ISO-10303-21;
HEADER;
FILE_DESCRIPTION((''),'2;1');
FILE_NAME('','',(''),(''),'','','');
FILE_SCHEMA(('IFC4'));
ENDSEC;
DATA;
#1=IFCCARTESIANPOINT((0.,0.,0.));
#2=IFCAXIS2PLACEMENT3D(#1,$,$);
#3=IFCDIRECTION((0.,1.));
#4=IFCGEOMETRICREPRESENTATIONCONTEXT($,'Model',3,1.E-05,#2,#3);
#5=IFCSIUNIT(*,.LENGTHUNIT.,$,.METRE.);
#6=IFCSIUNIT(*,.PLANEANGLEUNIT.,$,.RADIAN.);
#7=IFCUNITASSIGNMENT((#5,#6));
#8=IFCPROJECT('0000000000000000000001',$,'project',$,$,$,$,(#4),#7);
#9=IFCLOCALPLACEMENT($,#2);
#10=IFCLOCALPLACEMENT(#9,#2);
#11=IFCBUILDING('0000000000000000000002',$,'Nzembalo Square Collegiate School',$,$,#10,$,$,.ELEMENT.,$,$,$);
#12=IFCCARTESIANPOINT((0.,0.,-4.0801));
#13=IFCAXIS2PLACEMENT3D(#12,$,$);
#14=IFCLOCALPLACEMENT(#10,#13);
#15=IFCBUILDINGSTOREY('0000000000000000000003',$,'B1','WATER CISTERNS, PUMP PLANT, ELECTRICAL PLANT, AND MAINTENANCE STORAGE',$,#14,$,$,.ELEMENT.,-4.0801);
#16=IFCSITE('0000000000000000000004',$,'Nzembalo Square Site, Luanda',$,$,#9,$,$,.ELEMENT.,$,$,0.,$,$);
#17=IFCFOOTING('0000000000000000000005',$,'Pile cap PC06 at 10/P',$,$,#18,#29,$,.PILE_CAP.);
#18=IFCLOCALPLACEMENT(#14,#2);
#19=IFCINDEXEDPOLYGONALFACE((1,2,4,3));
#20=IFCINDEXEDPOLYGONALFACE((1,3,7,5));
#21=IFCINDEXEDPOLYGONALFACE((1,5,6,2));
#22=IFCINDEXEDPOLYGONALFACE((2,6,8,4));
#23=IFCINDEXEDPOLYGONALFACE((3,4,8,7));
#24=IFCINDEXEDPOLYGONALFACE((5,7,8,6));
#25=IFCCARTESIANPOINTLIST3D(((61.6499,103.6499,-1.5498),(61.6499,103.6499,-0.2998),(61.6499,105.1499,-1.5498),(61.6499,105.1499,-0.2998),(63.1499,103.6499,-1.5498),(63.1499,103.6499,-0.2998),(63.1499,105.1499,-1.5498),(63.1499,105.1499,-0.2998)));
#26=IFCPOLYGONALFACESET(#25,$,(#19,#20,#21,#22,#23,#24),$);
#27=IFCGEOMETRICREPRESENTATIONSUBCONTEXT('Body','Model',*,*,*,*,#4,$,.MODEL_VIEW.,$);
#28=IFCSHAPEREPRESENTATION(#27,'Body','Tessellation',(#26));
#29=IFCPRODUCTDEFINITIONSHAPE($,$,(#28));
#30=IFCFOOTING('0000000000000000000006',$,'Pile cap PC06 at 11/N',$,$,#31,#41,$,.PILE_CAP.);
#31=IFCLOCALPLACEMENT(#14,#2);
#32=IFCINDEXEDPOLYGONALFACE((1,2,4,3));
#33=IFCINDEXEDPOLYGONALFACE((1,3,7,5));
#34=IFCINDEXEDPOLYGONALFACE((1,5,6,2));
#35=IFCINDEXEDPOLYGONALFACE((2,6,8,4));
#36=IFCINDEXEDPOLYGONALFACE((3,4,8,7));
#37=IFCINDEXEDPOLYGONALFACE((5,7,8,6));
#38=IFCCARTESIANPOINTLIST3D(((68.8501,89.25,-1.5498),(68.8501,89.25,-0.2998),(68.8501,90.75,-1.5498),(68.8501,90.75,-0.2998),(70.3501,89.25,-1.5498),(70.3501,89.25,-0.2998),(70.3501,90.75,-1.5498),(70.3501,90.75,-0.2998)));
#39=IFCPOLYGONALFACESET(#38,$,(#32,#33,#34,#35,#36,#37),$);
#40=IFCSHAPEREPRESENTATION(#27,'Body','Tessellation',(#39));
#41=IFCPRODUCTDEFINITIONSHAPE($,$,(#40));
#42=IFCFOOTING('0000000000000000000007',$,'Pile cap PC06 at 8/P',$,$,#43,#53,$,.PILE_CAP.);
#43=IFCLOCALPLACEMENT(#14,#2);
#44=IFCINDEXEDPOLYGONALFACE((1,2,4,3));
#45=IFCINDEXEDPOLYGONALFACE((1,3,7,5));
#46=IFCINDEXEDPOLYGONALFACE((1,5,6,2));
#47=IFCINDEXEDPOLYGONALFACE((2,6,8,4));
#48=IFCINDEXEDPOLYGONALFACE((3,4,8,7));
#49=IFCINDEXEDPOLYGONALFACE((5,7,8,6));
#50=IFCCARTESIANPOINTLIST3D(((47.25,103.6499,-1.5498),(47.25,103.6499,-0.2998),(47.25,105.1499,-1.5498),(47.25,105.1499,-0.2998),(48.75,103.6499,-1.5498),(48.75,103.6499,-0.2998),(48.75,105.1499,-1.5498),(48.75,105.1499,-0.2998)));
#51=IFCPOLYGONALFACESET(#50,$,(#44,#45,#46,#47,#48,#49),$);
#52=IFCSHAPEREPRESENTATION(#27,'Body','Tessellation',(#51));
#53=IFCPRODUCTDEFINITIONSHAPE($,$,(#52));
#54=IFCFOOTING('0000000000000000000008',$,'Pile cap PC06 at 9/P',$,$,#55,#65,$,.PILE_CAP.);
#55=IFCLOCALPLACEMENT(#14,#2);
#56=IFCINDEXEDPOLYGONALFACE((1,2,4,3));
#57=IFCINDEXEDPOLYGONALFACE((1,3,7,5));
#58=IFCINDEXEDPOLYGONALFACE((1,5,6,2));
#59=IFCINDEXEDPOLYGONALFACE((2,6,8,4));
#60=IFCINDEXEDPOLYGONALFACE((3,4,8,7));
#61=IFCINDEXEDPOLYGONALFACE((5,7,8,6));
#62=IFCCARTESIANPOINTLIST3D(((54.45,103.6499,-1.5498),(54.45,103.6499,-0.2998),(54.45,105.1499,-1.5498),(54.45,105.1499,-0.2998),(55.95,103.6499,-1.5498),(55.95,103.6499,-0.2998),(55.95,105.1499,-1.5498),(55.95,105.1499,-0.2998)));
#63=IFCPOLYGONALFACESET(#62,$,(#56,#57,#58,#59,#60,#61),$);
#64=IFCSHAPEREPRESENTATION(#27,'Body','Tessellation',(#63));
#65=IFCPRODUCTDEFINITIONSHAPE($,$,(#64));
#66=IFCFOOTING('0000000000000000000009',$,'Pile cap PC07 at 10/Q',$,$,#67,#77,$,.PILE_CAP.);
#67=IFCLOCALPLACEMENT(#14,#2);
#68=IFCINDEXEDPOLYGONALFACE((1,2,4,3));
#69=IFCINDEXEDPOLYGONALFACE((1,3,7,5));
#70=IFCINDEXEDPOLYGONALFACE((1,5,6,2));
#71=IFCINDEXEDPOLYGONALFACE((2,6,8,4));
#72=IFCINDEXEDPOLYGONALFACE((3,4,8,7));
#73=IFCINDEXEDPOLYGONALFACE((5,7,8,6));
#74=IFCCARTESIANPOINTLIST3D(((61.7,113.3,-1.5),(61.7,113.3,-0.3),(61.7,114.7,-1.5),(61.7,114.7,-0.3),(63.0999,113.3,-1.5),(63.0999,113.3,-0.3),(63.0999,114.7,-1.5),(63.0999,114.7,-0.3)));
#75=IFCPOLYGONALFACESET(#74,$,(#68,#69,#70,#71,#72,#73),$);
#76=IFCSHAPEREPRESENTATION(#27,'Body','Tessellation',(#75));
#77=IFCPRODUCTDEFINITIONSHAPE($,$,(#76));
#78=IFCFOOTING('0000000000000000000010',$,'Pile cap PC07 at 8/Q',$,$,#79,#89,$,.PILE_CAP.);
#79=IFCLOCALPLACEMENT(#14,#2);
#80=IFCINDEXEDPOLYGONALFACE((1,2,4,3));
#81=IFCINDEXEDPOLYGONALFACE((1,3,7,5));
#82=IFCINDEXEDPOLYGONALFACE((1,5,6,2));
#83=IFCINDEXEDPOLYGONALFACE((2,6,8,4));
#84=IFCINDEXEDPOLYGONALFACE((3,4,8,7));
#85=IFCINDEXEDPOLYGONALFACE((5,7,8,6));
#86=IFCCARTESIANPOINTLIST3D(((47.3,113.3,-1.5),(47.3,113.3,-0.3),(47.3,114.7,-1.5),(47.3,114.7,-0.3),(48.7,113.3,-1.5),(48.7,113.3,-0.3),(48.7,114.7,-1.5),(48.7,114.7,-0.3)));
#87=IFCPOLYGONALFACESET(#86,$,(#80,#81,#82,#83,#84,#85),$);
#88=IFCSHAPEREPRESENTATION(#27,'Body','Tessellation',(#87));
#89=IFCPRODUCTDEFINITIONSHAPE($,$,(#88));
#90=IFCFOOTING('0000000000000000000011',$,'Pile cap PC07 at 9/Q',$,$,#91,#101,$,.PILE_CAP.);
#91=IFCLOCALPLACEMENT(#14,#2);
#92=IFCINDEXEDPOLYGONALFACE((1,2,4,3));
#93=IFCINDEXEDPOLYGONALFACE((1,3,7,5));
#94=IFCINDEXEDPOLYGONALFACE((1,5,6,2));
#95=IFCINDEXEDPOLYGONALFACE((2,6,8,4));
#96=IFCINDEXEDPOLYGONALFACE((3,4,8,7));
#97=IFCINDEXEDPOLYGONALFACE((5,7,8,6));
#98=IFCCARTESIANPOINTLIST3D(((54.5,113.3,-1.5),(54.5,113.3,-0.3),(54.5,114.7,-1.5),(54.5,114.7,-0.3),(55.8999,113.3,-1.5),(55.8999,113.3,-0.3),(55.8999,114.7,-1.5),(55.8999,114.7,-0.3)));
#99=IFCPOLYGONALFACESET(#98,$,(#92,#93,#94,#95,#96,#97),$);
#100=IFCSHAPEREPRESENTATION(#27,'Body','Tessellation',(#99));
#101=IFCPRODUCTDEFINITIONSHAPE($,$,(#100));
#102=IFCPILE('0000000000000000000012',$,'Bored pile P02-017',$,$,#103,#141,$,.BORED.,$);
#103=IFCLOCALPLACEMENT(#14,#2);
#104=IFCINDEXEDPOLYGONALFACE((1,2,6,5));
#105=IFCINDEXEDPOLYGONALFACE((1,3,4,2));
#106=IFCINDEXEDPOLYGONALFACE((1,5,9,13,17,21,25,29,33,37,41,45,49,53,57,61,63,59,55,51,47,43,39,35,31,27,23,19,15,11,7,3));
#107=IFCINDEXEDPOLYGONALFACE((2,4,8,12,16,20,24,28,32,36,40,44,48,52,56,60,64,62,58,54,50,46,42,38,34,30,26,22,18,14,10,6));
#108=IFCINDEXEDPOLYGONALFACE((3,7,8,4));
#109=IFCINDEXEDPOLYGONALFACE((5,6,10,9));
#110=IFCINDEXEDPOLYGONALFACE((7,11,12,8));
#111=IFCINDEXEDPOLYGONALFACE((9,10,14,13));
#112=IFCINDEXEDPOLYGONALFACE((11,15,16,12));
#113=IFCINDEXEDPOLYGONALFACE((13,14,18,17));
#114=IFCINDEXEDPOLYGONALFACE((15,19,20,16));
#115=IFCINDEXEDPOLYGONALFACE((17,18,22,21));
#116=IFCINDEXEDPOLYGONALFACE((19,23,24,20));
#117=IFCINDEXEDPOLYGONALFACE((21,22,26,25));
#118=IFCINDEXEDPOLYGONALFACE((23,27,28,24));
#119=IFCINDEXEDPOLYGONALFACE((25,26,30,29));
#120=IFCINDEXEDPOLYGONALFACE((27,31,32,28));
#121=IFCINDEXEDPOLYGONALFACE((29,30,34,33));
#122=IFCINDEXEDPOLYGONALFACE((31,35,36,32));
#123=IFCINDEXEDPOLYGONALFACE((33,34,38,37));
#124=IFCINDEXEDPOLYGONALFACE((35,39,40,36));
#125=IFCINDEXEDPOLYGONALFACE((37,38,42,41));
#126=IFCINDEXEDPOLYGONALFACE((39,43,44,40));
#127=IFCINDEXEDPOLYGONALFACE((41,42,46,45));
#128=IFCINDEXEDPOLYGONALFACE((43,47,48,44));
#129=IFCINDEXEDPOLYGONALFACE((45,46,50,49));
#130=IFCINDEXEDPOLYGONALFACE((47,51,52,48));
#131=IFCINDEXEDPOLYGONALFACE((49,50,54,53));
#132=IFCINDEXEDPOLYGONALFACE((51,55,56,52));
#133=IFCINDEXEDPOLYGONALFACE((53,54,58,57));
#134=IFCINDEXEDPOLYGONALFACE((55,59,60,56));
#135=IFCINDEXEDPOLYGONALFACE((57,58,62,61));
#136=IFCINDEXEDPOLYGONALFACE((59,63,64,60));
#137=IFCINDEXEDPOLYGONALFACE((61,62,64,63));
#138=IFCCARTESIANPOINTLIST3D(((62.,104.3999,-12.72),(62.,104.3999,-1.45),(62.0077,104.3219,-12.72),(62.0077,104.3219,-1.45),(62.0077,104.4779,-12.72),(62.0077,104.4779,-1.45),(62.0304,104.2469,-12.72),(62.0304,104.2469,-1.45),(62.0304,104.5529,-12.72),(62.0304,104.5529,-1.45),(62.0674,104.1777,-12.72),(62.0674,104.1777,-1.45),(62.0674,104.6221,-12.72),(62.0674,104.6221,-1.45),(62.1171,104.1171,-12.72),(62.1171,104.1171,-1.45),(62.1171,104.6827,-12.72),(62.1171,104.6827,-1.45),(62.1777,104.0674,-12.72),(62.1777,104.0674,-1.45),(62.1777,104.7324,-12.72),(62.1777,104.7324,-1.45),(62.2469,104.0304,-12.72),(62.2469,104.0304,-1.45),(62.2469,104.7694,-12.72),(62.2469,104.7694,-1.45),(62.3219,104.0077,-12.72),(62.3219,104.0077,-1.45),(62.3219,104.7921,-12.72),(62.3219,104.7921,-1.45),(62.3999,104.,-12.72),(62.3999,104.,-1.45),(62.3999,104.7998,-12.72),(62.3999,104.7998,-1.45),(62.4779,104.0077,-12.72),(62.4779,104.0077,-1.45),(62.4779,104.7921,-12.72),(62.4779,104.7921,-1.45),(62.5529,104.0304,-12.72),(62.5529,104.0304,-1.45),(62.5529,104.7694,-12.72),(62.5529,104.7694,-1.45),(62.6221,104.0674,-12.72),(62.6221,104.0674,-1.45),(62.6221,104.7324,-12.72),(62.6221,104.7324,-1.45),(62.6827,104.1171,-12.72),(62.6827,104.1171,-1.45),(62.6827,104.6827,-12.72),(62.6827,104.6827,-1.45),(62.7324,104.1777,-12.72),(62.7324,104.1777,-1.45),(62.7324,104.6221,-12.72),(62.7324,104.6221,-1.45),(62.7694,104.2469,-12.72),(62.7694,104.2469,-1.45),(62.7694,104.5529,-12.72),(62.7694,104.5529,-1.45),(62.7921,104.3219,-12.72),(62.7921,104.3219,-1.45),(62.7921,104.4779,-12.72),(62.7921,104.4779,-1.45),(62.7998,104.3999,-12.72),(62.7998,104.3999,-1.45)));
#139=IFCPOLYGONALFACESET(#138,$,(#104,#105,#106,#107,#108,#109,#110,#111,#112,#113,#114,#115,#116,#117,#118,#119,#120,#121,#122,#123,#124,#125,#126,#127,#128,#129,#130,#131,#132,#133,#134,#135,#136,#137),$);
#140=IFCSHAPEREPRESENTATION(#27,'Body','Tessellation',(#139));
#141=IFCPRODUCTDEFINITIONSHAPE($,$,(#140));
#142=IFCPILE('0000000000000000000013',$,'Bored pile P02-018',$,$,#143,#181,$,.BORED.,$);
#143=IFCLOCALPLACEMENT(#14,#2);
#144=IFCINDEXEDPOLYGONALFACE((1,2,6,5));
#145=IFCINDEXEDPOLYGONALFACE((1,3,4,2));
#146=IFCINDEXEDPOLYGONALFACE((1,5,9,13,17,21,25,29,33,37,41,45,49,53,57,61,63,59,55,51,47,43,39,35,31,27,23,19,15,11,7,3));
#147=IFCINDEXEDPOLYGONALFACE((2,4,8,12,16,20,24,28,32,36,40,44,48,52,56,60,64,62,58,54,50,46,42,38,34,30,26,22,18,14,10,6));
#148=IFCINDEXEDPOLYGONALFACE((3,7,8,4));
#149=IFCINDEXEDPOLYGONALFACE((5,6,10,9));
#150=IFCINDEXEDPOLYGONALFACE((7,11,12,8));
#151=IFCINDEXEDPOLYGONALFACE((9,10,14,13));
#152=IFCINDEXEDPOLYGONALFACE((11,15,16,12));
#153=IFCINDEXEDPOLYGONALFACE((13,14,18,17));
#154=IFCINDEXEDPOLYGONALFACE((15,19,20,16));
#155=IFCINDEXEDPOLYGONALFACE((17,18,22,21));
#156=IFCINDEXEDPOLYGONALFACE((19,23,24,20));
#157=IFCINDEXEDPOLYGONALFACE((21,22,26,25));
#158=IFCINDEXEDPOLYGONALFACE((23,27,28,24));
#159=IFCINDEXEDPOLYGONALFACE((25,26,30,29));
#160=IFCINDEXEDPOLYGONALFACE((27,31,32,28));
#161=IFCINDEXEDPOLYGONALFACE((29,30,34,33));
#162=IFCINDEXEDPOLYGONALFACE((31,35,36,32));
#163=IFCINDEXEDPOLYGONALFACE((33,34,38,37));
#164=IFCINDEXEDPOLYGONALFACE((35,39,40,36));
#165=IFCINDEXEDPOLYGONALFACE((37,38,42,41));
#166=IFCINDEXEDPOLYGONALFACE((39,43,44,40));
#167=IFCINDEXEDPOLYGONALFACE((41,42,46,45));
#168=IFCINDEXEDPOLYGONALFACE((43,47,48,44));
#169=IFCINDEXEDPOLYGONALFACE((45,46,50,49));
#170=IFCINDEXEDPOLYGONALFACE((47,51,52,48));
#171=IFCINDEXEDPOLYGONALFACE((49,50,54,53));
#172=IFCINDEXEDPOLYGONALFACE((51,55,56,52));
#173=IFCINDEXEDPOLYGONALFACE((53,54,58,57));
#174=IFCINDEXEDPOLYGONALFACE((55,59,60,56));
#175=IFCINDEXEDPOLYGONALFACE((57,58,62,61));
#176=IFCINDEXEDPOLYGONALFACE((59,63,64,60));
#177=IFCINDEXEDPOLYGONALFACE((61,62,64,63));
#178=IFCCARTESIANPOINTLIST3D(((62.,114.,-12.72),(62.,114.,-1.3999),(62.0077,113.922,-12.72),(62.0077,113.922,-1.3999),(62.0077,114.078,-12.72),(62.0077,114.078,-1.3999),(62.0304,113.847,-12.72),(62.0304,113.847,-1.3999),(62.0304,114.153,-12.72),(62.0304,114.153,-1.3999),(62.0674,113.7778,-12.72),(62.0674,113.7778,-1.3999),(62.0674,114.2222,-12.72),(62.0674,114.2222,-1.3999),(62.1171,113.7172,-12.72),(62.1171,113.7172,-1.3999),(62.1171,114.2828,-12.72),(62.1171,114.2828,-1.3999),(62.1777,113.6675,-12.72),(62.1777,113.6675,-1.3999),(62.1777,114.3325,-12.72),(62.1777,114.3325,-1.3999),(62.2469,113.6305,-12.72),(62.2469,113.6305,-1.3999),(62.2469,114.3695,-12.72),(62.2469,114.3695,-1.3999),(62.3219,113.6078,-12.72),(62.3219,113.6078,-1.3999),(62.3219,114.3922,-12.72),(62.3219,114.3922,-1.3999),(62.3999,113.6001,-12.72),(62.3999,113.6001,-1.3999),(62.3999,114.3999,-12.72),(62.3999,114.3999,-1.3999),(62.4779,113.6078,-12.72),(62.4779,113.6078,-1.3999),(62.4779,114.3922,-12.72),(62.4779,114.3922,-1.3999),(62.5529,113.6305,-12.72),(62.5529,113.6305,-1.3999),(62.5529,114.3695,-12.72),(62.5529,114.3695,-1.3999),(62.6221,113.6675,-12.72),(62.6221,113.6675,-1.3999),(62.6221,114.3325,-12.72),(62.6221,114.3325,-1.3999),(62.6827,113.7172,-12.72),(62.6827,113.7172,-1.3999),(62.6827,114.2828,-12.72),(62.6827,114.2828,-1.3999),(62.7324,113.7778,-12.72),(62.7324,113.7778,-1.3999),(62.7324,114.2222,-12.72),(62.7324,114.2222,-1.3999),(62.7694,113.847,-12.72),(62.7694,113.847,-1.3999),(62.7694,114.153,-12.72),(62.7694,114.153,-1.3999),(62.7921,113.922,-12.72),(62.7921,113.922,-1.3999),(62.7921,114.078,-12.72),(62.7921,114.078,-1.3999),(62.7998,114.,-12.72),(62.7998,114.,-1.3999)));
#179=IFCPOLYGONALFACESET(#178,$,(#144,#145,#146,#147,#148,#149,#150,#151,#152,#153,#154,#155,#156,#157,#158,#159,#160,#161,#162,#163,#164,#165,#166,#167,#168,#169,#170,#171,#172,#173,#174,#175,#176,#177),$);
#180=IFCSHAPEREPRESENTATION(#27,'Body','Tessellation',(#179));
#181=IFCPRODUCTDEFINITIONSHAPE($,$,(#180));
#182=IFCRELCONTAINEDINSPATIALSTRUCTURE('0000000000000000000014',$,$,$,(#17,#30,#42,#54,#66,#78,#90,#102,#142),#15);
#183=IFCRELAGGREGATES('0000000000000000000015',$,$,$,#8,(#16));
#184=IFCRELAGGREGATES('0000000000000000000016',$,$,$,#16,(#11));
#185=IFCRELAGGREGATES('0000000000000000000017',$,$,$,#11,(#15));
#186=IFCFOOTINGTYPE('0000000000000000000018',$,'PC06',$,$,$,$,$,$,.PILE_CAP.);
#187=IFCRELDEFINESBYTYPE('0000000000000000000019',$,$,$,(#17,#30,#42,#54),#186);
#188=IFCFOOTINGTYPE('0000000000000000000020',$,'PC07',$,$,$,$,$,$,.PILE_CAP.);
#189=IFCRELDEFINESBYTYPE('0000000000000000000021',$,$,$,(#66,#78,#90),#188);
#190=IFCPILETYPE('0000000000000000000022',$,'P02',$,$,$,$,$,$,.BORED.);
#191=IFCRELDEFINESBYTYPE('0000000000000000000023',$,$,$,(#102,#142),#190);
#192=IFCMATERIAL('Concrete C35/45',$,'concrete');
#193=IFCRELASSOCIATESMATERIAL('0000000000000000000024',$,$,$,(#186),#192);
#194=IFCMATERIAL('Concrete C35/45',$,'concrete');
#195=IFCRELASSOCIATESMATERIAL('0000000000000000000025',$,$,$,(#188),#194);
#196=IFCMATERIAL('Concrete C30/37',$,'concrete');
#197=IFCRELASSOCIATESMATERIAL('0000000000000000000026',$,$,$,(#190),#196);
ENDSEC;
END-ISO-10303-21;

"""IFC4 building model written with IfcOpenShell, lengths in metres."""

from ifc_helpers import new_model, si_unit, direction, frame, origin, origin_2d, place, context, subcontext, project, spatial, rectangle, circle, extrude, material, material_profile, profile_set, type_object, element, save


model = new_model("IFC4")

# Units and contexts
model_context = context("Model", 3, precision=1e-05, world=origin(), true_north=direction((0.0, 1.0)))
body_context = subcontext(model_context, "Body", "Model", "MODEL_VIEW")
ifc_project = project(units=[si_unit("LENGTHUNIT", "METRE"), si_unit("PLANEANGLEUNIT", "RADIAN")], contexts=[model_context])

# Site, building, storey
site_placement = place(None, origin())
site = spatial("IfcSite", under=ifc_project, at=site_placement, Name="Nzembalo Square Site, Luanda", CompositionType="ELEMENT", RefElevation=0.0)
building_placement = place(site_placement, origin())
building = spatial("IfcBuilding", under=site, at=building_placement, Name="Nzembalo Square Collegiate School", CompositionType="ELEMENT")
storey_placement = place(building_placement, frame((0.0, 0.0, -4.0801)))
storey = spatial("IfcBuildingStorey", under=building, at=storey_placement, Name="B1", Description="WATER CISTERNS, PUMP PLANT, ELECTRICAL PLANT, AND MAINTENANCE STORAGE", CompositionType="ELEMENT", Elevation=-4.0801)

# Footings
ifc_material_1 = material(Name="Concrete C35/45", Category="concrete")
footing_type_1 = type_object("IfcFootingType", Name="PC06", PredefinedType="PILE_CAP", material=ifc_material_1)
for number, where, z_axis, x_axis, name in (
    (1, (62.3999, 104.3999, -1.5498), (0.0, 0.0, 1.0), (1.0, 0.0, 0.0), "Pile cap PC06 at 10/P"),
    (2, (69.6001, 90.0, -1.5498), (0.0, 0.0, 1.0), (1.0, 0.0, 0.0), "Pile cap PC06 at 11/N"),
    (3, (48.0, 104.3999, -1.5498), (0.0, 0.0, 1.0), (1.0, 0.0, 0.0), "Pile cap PC06 at 8/P"),
    (4, (55.2, 104.3999, -1.5498), (0.0, 0.0, 1.0), (1.0, 0.0, 0.0), "Pile cap PC06 at 9/P"),
):
    element("IfcFooting", number, at=place(storey_placement, frame(where, z_axis=z_axis, x_axis=x_axis)), inside=storey, type_object=footing_type_1, Name=name, PredefinedType="PILE_CAP", context=body_context, shape_type="SweptSolid", body=[
        extrude(rectangle(XDim=1.5, YDim=1.5, at=origin_2d()), origin(), (0.0, 0.0, 1.0), 1.25),
    ])
ifc_material_2 = material(Name="Concrete C35/45", Category="concrete")
footing_type_2 = type_object("IfcFootingType", Name="PC07", PredefinedType="PILE_CAP", material=ifc_material_2)
for number, where, z_axis, x_axis, name in (
    (5, (62.3999, 114.0, -1.5), (0.0, 0.0, 1.0), (1.0, 0.0, 0.0), "Pile cap PC07 at 10/Q"),
    (6, (48.0, 114.0, -1.5), (0.0, 0.0, 1.0), (1.0, 0.0, 0.0), "Pile cap PC07 at 8/Q"),
    (7, (55.2, 114.0, -1.5), (0.0, 0.0, 1.0), (1.0, 0.0, 0.0), "Pile cap PC07 at 9/Q"),
):
    element("IfcFooting", number, at=place(storey_placement, frame(where, z_axis=z_axis, x_axis=x_axis)), inside=storey, type_object=footing_type_2, Name=name, PredefinedType="PILE_CAP", context=body_context, shape_type="SweptSolid", body=[
        extrude(rectangle(XDim=1.3999, YDim=1.3999, at=origin_2d()), origin(), (0.0, 0.0, 1.0), 1.2),
    ])

# Piles
ifc_material_3 = material(Name="Concrete C30/37", Category="concrete")
ifc_material_profile_1 = material_profile(ifc_material_3, circle(Radius=0.3999, at=origin_2d()), Name="PILE D800")
ifc_profile_set_1 = profile_set([ifc_material_profile_1], Name="Concrete C30/37")
pile_type = type_object("IfcPileType", Name="P02", PredefinedType="BORED", material=ifc_profile_set_1)
pile_1_placement = place(storey_placement, frame((62.3999, 104.3999, -1.45), z_axis=(0.0, 0.0, -1.0), x_axis=(1.0, 0.0, 0.0)))
element("IfcPile", 8, at=pile_1_placement, inside=storey, type_object=pile_type, Name="Bored pile P02-017", PredefinedType="BORED", context=body_context, shape_type="SweptSolid", body=[
    extrude(circle(Radius=0.3999, at=origin_2d()), origin(), (0.0, 0.0, 1.0), 11.27),
])
pile_2_placement = place(storey_placement, frame((62.3999, 114.0, -1.3999), z_axis=(0.0, 0.0, -1.0), x_axis=(1.0, 0.0, 0.0)))
element("IfcPile", 9, at=pile_2_placement, inside=storey, type_object=pile_type, Name="Bored pile P02-018", PredefinedType="BORED", context=body_context, shape_type="SweptSolid", body=[
    extrude(circle(Radius=0.3999, at=origin_2d()), origin(), (0.0, 0.0, 1.0), 11.3201),
])

save(model, "model.ifc")
